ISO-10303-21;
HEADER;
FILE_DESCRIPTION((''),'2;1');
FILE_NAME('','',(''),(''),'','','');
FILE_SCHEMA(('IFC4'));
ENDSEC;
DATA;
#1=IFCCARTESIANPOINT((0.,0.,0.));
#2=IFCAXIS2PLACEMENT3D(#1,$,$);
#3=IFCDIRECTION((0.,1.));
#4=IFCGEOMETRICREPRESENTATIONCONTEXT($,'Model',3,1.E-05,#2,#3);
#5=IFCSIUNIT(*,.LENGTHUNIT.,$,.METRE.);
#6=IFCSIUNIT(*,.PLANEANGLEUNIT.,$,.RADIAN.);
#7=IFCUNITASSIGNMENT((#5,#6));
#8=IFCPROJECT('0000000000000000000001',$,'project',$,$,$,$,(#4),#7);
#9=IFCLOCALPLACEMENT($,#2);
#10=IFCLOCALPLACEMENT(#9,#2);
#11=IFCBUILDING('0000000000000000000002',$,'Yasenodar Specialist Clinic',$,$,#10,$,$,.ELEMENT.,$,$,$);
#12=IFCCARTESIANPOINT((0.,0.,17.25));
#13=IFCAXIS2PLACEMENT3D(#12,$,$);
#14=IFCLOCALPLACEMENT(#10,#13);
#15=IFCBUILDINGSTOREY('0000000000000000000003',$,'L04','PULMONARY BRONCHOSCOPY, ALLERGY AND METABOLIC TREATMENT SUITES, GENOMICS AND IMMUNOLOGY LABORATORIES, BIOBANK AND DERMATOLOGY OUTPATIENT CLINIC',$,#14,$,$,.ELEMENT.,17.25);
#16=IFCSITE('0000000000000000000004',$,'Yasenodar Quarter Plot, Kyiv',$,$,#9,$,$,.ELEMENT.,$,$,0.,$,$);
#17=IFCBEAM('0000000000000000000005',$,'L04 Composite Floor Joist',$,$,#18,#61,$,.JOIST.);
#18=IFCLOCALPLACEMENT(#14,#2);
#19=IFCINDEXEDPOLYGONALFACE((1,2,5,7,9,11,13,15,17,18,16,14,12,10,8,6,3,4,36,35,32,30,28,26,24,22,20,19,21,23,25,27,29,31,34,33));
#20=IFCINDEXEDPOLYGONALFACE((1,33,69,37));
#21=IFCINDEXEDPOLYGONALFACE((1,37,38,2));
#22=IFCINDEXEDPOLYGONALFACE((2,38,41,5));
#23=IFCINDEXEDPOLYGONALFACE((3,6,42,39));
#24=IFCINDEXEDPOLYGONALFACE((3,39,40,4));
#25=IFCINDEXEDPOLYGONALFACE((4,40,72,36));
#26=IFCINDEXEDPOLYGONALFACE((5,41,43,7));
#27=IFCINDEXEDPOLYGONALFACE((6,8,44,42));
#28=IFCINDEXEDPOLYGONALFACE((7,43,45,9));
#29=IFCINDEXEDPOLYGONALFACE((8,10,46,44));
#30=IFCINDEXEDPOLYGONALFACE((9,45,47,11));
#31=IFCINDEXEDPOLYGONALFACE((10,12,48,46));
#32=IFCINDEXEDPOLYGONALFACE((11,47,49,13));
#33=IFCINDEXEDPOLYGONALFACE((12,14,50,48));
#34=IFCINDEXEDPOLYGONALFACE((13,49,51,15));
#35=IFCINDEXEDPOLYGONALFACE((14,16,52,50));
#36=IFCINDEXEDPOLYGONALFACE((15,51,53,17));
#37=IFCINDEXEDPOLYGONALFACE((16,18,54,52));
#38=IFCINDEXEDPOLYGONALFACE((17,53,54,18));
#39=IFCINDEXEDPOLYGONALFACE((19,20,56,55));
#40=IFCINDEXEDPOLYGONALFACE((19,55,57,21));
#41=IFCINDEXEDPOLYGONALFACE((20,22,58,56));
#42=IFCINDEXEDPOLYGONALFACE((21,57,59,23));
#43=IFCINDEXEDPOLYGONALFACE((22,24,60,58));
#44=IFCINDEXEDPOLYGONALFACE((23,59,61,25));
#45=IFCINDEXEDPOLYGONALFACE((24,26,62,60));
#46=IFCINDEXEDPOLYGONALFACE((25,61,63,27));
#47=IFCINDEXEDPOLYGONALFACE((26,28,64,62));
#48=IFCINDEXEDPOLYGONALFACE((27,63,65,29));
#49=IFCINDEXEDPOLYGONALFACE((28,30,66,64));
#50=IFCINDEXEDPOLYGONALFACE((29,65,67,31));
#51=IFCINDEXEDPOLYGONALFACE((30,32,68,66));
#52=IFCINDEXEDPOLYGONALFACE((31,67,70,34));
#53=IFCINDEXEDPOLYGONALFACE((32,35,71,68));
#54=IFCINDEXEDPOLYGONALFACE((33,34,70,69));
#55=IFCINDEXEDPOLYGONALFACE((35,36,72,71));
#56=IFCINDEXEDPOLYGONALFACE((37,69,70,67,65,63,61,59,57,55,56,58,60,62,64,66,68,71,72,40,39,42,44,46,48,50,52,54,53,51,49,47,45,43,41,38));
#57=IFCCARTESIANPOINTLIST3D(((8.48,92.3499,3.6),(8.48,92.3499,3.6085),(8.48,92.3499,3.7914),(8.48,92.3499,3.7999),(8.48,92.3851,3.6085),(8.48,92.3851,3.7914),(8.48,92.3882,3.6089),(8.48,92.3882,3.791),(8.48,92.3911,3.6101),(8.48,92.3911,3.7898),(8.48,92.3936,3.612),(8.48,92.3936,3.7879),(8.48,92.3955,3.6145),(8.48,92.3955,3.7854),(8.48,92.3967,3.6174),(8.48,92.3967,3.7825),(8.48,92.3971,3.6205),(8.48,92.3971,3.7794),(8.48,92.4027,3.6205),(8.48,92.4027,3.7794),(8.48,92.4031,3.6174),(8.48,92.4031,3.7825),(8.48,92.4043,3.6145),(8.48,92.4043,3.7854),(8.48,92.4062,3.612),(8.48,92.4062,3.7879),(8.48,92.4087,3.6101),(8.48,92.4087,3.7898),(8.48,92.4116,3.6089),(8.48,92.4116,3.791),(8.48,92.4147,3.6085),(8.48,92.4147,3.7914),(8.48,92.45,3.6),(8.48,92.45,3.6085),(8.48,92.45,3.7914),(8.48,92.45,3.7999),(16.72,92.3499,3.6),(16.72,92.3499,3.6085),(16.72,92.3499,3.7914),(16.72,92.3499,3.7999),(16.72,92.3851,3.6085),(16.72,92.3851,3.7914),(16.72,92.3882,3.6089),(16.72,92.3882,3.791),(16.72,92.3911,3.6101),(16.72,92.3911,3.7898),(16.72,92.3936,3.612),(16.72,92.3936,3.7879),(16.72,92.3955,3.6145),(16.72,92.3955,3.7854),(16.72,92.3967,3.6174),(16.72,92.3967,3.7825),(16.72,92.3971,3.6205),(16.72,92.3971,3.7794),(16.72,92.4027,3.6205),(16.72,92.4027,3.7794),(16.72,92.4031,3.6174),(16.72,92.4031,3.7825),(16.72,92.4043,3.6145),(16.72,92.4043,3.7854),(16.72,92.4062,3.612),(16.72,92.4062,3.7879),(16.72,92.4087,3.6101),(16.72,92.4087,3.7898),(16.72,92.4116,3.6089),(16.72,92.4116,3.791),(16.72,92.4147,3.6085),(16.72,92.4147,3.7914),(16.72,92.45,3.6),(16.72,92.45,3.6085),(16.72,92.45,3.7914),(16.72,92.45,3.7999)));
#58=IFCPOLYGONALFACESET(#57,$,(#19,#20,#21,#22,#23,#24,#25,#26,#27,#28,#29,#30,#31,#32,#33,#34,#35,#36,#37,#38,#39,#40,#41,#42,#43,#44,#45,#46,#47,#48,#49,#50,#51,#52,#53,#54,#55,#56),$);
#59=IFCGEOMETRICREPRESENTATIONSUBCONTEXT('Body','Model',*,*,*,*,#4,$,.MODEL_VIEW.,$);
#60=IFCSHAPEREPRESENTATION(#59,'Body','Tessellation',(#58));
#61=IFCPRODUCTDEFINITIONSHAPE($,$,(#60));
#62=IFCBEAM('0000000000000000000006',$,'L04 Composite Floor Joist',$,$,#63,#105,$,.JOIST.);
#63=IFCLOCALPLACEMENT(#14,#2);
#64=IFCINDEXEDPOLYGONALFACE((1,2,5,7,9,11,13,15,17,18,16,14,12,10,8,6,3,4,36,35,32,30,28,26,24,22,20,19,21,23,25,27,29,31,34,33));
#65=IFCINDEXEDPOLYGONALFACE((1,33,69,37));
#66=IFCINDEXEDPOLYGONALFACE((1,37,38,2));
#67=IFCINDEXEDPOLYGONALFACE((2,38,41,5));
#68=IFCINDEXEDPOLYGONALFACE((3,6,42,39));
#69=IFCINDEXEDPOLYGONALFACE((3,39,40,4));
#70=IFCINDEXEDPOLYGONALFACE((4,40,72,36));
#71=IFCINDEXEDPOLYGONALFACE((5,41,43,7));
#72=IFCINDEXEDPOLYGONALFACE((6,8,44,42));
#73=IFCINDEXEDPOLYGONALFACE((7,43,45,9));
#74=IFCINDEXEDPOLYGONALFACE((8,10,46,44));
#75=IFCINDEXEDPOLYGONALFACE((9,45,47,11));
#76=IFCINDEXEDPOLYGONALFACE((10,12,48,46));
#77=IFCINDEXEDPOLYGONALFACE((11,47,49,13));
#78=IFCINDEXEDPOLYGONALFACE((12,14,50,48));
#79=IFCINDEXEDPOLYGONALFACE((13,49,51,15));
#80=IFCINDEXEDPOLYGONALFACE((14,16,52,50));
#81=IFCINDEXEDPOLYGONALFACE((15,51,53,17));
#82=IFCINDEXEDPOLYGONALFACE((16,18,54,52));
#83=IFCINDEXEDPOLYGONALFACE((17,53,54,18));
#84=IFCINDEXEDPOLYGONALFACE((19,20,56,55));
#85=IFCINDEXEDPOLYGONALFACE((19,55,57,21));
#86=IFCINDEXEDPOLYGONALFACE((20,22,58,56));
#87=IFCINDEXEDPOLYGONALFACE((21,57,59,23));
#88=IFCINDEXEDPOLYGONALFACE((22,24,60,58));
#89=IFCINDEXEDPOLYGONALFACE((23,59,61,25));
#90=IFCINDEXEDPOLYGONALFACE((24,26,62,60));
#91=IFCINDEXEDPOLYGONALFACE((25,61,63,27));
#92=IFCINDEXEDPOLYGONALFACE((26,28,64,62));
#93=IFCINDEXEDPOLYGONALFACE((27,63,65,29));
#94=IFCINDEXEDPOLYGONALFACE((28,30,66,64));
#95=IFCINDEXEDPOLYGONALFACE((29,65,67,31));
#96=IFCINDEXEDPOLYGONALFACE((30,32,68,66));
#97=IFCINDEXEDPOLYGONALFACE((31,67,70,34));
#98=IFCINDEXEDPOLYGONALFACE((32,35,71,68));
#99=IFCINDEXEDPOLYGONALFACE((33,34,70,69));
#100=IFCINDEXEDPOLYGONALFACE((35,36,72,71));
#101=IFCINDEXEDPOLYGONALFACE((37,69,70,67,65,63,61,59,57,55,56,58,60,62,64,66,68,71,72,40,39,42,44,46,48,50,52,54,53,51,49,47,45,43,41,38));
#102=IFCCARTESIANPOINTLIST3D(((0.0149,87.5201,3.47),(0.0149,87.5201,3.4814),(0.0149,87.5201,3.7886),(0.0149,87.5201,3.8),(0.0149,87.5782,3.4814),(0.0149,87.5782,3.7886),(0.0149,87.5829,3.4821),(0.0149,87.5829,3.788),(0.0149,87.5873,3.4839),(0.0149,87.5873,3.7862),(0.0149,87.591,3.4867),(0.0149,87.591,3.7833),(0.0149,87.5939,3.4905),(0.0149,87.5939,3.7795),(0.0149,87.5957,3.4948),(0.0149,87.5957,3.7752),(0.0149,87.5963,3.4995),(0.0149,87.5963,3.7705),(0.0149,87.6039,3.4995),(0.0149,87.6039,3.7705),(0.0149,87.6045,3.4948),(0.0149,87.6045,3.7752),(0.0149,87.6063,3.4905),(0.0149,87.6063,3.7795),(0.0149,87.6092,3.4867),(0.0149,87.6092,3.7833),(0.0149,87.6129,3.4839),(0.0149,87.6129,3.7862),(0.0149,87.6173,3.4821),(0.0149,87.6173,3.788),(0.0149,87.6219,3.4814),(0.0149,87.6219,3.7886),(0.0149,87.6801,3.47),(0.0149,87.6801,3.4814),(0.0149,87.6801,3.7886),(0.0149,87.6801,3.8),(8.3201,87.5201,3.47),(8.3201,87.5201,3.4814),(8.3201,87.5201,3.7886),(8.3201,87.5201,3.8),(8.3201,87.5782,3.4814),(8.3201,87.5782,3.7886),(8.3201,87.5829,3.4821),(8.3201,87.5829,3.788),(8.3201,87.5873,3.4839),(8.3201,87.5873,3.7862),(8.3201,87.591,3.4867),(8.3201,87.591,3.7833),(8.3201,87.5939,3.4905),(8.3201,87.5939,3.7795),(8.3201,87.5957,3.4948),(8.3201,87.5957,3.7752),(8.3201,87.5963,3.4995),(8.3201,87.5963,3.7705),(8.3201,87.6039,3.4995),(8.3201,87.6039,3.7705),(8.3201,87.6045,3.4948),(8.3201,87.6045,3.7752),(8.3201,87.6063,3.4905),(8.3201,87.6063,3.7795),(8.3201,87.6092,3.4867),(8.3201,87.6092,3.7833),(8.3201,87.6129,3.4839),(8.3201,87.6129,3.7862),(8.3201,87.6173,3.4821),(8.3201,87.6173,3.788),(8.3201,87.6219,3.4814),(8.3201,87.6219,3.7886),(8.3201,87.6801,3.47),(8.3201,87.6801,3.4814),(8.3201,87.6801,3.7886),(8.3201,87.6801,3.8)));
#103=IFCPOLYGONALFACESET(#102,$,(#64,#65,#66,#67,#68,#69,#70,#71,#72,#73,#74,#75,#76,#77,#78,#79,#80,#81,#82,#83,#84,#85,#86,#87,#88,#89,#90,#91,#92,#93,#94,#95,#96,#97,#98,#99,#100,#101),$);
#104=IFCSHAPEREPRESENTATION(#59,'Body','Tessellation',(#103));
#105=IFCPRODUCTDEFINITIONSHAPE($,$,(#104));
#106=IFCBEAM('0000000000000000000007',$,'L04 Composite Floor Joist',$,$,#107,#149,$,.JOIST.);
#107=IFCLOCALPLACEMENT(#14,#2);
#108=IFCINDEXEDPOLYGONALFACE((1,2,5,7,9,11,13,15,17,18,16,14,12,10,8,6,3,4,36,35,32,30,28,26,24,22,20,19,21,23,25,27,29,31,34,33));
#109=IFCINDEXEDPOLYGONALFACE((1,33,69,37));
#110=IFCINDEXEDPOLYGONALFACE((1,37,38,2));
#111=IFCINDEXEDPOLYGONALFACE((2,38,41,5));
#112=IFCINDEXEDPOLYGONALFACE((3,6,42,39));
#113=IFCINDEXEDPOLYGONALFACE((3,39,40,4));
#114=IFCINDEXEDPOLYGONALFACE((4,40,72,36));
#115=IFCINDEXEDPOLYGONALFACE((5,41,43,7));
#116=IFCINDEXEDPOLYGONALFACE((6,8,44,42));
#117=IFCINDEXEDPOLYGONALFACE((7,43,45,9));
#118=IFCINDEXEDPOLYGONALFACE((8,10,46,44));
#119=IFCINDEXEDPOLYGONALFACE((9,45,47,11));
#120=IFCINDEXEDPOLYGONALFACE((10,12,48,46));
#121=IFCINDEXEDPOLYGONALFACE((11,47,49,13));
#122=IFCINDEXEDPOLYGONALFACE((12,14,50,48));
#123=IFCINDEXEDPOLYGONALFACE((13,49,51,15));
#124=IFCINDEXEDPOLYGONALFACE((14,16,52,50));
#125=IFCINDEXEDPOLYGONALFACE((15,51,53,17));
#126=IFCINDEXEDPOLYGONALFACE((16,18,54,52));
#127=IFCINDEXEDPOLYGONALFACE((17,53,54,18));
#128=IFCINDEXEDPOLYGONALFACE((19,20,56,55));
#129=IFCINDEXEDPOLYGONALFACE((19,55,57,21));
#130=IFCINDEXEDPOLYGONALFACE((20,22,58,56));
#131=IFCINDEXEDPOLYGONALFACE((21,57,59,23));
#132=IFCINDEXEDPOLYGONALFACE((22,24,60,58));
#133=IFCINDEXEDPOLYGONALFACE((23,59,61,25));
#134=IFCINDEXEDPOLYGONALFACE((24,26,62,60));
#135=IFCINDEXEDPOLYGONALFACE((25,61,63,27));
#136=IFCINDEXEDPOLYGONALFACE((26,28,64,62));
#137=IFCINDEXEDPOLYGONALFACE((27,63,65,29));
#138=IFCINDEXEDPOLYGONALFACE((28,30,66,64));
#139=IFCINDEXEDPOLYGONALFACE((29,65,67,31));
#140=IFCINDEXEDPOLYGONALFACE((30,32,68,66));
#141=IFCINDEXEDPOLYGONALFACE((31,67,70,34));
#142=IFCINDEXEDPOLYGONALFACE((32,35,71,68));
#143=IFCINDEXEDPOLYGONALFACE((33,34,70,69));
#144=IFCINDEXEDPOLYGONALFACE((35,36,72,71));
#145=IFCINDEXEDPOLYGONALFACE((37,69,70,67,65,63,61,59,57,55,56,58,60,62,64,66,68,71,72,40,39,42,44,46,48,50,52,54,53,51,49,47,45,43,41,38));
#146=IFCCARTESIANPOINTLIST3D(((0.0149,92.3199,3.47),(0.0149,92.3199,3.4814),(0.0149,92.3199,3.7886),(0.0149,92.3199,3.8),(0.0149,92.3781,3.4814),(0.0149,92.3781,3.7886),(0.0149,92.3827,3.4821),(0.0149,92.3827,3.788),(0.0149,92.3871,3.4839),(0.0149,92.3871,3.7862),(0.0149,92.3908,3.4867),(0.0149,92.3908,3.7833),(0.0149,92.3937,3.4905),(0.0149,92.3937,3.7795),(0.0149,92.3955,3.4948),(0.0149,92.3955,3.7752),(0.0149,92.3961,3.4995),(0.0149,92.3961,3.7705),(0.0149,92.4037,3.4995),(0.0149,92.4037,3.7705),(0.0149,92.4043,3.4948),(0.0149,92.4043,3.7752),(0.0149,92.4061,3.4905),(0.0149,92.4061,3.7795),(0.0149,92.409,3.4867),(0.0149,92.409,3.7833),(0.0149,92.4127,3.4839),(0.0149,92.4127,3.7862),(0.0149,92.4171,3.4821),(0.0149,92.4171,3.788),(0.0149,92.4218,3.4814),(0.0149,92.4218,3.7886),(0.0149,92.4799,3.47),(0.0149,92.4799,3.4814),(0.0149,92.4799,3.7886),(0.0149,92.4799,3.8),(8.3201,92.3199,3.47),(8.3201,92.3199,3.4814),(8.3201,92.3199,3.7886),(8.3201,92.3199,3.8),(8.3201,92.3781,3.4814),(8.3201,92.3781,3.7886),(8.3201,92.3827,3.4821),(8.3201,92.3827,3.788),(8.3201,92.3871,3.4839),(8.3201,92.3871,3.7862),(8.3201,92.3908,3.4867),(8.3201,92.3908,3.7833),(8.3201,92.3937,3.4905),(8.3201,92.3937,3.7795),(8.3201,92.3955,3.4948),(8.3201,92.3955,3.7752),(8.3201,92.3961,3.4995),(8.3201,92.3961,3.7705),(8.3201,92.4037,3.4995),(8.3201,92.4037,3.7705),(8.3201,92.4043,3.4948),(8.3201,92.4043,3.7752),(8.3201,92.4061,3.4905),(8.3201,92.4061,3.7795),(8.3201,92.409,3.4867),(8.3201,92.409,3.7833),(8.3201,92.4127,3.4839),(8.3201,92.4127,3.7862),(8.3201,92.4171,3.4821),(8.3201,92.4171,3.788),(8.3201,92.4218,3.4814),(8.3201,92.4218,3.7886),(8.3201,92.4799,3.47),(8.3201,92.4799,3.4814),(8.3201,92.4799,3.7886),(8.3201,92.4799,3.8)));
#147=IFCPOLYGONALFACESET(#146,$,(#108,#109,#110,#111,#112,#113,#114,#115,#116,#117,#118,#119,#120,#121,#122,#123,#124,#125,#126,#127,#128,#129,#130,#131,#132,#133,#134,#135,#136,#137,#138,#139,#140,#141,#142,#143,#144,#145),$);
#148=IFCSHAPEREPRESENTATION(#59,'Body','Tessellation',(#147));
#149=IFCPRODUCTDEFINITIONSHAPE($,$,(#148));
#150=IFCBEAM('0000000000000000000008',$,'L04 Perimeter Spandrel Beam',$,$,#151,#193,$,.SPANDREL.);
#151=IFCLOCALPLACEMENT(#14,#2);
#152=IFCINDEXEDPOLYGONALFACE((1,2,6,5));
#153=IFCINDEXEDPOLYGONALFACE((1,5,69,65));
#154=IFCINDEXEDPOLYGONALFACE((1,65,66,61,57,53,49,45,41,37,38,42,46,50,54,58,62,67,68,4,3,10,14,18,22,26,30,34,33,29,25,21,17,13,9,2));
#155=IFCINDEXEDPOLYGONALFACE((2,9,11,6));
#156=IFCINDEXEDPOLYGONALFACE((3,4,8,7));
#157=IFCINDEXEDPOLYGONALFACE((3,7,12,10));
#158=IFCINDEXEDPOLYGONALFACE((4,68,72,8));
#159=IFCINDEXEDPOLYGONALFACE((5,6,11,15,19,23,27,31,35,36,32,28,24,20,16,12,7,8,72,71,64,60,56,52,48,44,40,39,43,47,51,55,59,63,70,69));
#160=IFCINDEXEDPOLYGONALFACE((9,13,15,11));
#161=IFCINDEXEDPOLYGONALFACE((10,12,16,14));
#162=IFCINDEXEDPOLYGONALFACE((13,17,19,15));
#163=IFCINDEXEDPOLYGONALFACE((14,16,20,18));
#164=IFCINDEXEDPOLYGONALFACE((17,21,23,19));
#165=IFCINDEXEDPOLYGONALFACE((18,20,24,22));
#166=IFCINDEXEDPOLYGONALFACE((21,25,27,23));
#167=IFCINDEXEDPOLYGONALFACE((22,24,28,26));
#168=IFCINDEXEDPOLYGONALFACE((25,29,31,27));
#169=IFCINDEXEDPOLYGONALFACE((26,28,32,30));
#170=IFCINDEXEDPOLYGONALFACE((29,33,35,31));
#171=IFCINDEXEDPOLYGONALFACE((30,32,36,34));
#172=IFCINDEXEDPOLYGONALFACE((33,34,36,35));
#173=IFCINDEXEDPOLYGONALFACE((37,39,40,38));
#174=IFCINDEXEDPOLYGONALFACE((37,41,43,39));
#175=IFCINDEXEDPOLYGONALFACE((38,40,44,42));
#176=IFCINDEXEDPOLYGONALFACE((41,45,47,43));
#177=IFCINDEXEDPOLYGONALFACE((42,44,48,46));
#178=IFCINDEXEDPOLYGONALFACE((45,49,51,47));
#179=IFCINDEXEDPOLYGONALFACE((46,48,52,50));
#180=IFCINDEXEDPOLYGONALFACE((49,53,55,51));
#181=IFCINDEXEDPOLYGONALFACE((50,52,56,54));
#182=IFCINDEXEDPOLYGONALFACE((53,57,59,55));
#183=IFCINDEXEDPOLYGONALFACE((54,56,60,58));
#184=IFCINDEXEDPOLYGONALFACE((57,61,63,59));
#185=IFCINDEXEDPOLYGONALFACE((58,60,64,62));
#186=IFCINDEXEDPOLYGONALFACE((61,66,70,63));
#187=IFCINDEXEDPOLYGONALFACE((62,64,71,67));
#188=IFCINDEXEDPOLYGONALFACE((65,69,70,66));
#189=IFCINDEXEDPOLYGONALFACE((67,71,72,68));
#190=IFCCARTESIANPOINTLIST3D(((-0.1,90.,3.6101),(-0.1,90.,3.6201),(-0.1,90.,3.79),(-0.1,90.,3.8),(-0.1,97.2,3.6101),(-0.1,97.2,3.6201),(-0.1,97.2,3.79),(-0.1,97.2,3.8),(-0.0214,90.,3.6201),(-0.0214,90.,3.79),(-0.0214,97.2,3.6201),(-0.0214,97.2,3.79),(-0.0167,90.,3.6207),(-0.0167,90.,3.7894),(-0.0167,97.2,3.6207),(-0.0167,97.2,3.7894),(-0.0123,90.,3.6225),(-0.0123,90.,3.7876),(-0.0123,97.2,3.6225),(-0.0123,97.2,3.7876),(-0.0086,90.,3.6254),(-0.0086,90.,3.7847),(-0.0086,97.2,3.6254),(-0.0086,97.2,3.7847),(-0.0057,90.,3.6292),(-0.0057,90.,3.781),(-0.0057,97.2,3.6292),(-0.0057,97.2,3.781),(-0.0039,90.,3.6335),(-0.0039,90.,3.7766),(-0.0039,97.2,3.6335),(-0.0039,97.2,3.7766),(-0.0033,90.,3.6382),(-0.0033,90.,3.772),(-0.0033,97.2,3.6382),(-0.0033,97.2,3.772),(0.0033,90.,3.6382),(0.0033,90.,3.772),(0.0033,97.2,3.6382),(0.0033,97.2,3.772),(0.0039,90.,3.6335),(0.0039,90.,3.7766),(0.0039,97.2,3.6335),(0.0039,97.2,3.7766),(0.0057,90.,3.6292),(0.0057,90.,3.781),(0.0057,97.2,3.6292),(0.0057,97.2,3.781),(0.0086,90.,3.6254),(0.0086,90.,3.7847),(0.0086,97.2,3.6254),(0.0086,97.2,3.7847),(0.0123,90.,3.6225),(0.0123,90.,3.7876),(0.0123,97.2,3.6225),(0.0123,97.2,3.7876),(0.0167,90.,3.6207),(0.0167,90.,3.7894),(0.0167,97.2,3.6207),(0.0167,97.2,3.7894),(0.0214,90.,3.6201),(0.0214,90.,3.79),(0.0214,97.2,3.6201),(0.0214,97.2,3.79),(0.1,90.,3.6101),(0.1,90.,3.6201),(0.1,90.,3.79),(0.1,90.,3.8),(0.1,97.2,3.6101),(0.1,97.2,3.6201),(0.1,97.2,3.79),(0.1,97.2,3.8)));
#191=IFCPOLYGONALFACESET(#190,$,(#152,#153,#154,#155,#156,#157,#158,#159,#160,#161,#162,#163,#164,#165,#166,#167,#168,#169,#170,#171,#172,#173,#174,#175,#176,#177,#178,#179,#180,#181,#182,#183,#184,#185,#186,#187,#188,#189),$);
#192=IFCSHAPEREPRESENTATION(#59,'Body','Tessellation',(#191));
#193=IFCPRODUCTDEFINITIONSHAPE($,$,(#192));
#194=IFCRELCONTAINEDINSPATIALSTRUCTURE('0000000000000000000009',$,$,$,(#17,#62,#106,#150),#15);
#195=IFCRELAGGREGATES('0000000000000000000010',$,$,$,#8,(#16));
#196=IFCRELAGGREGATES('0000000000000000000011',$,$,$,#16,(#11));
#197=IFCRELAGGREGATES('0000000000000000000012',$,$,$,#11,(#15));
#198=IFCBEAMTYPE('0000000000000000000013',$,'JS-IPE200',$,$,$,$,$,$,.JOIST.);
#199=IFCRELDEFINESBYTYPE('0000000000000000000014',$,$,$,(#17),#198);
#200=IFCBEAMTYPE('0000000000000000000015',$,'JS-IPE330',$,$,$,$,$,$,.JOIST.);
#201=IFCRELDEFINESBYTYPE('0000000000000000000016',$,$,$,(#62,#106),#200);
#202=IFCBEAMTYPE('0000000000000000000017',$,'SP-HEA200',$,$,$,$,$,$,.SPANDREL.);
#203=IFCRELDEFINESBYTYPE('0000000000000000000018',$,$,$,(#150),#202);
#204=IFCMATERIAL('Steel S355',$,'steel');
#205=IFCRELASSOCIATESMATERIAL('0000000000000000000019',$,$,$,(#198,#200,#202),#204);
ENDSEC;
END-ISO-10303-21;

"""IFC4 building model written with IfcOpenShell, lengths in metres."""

from ifc_helpers import new_model, si_unit, direction, frame, origin, origin_2d, place, context, subcontext, project, spatial, i_section, extrude, material, material_profile, profile_set, type_object, element, save


model = new_model("IFC4")

# Units and contexts
model_context = context("Model", 3, precision=1e-05, world=origin(), true_north=direction((0.0, 1.0)))
body_context = subcontext(model_context, "Body", "Model", "MODEL_VIEW")
ifc_project = project(units=[si_unit("LENGTHUNIT", "METRE"), si_unit("PLANEANGLEUNIT", "RADIAN")], contexts=[model_context])

# Site, building, storey
site_placement = place(None, origin())
site = spatial("IfcSite", under=ifc_project, at=site_placement, Name="Yasenodar Quarter Plot, Kyiv", CompositionType="ELEMENT", RefElevation=0.0)
building_placement = place(site_placement, origin())
building = spatial("IfcBuilding", under=site, at=building_placement, Name="Yasenodar Specialist Clinic", CompositionType="ELEMENT")
storey_placement = place(building_placement, frame((0.0, 0.0, 17.25)))
storey = spatial("IfcBuildingStorey", under=building, at=storey_placement, Name="L04", Description="PULMONARY BRONCHOSCOPY, ALLERGY AND METABOLIC TREATMENT SUITES, GENOMICS AND IMMUNOLOGY LABORATORIES, BIOBANK AND DERMATOLOGY OUTPATIENT CLINIC", CompositionType="ELEMENT", Elevation=17.25)

# Shared definitions
ifc_material_1 = material(Name="Steel S355", Category="steel")

# Beams
ifc_material_profile_1 = material_profile(ifc_material_1, i_section(OverallWidth=0.1001, OverallDepth=0.2, WebThickness=0.0056, FlangeThickness=0.0085, FilletRadius=0.012, at=origin_2d()), Name="IPE 200")
ifc_profile_set_1 = profile_set([ifc_material_profile_1], Name="Steel S355")
beam_type_1 = type_object("IfcBeamType", Name="JS-IPE200", PredefinedType="JOIST", material=ifc_profile_set_1)
beam_1_placement = place(storey_placement, frame((8.48, 92.3999, 3.7), z_axis=(1.0, 0.0, 0.0), x_axis=(0.0, 1.0, 0.0)))
element("IfcBeam", 1, at=beam_1_placement, inside=storey, type_object=beam_type_1, Name="L04 Composite Floor Joist", PredefinedType="JOIST", context=body_context, shape_type="SweptSolid", body=[
    extrude(i_section(OverallWidth=0.1001, OverallDepth=0.2, WebThickness=0.0056, FlangeThickness=0.0085, FilletRadius=0.012, at=origin_2d()), origin(), (0.0, 0.0, 1.0), 8.24),
])
ifc_material_profile_2 = material_profile(ifc_material_1, i_section(OverallWidth=0.1599, OverallDepth=0.3301, WebThickness=0.0076, FlangeThickness=0.0115, FilletRadius=0.0181, at=origin_2d()), Name="IPE 330")
ifc_profile_set_2 = profile_set([ifc_material_profile_2], Name="Steel S355")
beam_type_2 = type_object("IfcBeamType", Name="JS-IPE330", PredefinedType="JOIST", material=ifc_profile_set_2)
for number, where, z_axis, x_axis, name in (
    (2, (0.0149, 87.6001, 3.635), (1.0, 0.0, 0.0), (0.0, 1.0, 0.0), "L04 Composite Floor Joist"),
    (3, (0.0149, 92.3999, 3.635), (1.0, 0.0, 0.0), (0.0, 1.0, 0.0), "L04 Composite Floor Joist"),
):
    element("IfcBeam", number, at=place(storey_placement, frame(where, z_axis=z_axis, x_axis=x_axis)), inside=storey, type_object=beam_type_2, Name=name, PredefinedType="JOIST", context=body_context, shape_type="SweptSolid", body=[
        extrude(i_section(OverallWidth=0.1599, OverallDepth=0.3301, WebThickness=0.0076, FlangeThickness=0.0115, FilletRadius=0.0181, at=origin_2d()), origin(), (0.0, 0.0, 1.0), 8.3052),
    ])
ifc_material_profile_3 = material_profile(ifc_material_1, i_section(OverallWidth=0.2, OverallDepth=0.1899, WebThickness=0.0066, FlangeThickness=0.01, FilletRadius=0.0181, at=origin_2d()), Name="HEA 200")
ifc_profile_set_3 = profile_set([ifc_material_profile_3], Name="Steel S355")
beam_type_3 = type_object("IfcBeamType", Name="SP-HEA200", PredefinedType="SPANDREL", material=ifc_profile_set_3)
beam_2_placement = place(storey_placement, frame((0.0, 90.0, 3.7051), z_axis=(0.0, 1.0, 0.0), x_axis=(-1.0, 0.0, 0.0)))
element("IfcBeam", 4, at=beam_2_placement, inside=storey, type_object=beam_type_3, Name="L04 Perimeter Spandrel Beam", PredefinedType="SPANDREL", context=body_context, shape_type="SweptSolid", body=[
    extrude(i_section(OverallWidth=0.2, OverallDepth=0.1899, WebThickness=0.0066, FlangeThickness=0.01, FilletRadius=0.0181, at=origin_2d()), origin(), (0.0, 0.0, 1.0), 7.2),
])

save(model, "model.ifc")
